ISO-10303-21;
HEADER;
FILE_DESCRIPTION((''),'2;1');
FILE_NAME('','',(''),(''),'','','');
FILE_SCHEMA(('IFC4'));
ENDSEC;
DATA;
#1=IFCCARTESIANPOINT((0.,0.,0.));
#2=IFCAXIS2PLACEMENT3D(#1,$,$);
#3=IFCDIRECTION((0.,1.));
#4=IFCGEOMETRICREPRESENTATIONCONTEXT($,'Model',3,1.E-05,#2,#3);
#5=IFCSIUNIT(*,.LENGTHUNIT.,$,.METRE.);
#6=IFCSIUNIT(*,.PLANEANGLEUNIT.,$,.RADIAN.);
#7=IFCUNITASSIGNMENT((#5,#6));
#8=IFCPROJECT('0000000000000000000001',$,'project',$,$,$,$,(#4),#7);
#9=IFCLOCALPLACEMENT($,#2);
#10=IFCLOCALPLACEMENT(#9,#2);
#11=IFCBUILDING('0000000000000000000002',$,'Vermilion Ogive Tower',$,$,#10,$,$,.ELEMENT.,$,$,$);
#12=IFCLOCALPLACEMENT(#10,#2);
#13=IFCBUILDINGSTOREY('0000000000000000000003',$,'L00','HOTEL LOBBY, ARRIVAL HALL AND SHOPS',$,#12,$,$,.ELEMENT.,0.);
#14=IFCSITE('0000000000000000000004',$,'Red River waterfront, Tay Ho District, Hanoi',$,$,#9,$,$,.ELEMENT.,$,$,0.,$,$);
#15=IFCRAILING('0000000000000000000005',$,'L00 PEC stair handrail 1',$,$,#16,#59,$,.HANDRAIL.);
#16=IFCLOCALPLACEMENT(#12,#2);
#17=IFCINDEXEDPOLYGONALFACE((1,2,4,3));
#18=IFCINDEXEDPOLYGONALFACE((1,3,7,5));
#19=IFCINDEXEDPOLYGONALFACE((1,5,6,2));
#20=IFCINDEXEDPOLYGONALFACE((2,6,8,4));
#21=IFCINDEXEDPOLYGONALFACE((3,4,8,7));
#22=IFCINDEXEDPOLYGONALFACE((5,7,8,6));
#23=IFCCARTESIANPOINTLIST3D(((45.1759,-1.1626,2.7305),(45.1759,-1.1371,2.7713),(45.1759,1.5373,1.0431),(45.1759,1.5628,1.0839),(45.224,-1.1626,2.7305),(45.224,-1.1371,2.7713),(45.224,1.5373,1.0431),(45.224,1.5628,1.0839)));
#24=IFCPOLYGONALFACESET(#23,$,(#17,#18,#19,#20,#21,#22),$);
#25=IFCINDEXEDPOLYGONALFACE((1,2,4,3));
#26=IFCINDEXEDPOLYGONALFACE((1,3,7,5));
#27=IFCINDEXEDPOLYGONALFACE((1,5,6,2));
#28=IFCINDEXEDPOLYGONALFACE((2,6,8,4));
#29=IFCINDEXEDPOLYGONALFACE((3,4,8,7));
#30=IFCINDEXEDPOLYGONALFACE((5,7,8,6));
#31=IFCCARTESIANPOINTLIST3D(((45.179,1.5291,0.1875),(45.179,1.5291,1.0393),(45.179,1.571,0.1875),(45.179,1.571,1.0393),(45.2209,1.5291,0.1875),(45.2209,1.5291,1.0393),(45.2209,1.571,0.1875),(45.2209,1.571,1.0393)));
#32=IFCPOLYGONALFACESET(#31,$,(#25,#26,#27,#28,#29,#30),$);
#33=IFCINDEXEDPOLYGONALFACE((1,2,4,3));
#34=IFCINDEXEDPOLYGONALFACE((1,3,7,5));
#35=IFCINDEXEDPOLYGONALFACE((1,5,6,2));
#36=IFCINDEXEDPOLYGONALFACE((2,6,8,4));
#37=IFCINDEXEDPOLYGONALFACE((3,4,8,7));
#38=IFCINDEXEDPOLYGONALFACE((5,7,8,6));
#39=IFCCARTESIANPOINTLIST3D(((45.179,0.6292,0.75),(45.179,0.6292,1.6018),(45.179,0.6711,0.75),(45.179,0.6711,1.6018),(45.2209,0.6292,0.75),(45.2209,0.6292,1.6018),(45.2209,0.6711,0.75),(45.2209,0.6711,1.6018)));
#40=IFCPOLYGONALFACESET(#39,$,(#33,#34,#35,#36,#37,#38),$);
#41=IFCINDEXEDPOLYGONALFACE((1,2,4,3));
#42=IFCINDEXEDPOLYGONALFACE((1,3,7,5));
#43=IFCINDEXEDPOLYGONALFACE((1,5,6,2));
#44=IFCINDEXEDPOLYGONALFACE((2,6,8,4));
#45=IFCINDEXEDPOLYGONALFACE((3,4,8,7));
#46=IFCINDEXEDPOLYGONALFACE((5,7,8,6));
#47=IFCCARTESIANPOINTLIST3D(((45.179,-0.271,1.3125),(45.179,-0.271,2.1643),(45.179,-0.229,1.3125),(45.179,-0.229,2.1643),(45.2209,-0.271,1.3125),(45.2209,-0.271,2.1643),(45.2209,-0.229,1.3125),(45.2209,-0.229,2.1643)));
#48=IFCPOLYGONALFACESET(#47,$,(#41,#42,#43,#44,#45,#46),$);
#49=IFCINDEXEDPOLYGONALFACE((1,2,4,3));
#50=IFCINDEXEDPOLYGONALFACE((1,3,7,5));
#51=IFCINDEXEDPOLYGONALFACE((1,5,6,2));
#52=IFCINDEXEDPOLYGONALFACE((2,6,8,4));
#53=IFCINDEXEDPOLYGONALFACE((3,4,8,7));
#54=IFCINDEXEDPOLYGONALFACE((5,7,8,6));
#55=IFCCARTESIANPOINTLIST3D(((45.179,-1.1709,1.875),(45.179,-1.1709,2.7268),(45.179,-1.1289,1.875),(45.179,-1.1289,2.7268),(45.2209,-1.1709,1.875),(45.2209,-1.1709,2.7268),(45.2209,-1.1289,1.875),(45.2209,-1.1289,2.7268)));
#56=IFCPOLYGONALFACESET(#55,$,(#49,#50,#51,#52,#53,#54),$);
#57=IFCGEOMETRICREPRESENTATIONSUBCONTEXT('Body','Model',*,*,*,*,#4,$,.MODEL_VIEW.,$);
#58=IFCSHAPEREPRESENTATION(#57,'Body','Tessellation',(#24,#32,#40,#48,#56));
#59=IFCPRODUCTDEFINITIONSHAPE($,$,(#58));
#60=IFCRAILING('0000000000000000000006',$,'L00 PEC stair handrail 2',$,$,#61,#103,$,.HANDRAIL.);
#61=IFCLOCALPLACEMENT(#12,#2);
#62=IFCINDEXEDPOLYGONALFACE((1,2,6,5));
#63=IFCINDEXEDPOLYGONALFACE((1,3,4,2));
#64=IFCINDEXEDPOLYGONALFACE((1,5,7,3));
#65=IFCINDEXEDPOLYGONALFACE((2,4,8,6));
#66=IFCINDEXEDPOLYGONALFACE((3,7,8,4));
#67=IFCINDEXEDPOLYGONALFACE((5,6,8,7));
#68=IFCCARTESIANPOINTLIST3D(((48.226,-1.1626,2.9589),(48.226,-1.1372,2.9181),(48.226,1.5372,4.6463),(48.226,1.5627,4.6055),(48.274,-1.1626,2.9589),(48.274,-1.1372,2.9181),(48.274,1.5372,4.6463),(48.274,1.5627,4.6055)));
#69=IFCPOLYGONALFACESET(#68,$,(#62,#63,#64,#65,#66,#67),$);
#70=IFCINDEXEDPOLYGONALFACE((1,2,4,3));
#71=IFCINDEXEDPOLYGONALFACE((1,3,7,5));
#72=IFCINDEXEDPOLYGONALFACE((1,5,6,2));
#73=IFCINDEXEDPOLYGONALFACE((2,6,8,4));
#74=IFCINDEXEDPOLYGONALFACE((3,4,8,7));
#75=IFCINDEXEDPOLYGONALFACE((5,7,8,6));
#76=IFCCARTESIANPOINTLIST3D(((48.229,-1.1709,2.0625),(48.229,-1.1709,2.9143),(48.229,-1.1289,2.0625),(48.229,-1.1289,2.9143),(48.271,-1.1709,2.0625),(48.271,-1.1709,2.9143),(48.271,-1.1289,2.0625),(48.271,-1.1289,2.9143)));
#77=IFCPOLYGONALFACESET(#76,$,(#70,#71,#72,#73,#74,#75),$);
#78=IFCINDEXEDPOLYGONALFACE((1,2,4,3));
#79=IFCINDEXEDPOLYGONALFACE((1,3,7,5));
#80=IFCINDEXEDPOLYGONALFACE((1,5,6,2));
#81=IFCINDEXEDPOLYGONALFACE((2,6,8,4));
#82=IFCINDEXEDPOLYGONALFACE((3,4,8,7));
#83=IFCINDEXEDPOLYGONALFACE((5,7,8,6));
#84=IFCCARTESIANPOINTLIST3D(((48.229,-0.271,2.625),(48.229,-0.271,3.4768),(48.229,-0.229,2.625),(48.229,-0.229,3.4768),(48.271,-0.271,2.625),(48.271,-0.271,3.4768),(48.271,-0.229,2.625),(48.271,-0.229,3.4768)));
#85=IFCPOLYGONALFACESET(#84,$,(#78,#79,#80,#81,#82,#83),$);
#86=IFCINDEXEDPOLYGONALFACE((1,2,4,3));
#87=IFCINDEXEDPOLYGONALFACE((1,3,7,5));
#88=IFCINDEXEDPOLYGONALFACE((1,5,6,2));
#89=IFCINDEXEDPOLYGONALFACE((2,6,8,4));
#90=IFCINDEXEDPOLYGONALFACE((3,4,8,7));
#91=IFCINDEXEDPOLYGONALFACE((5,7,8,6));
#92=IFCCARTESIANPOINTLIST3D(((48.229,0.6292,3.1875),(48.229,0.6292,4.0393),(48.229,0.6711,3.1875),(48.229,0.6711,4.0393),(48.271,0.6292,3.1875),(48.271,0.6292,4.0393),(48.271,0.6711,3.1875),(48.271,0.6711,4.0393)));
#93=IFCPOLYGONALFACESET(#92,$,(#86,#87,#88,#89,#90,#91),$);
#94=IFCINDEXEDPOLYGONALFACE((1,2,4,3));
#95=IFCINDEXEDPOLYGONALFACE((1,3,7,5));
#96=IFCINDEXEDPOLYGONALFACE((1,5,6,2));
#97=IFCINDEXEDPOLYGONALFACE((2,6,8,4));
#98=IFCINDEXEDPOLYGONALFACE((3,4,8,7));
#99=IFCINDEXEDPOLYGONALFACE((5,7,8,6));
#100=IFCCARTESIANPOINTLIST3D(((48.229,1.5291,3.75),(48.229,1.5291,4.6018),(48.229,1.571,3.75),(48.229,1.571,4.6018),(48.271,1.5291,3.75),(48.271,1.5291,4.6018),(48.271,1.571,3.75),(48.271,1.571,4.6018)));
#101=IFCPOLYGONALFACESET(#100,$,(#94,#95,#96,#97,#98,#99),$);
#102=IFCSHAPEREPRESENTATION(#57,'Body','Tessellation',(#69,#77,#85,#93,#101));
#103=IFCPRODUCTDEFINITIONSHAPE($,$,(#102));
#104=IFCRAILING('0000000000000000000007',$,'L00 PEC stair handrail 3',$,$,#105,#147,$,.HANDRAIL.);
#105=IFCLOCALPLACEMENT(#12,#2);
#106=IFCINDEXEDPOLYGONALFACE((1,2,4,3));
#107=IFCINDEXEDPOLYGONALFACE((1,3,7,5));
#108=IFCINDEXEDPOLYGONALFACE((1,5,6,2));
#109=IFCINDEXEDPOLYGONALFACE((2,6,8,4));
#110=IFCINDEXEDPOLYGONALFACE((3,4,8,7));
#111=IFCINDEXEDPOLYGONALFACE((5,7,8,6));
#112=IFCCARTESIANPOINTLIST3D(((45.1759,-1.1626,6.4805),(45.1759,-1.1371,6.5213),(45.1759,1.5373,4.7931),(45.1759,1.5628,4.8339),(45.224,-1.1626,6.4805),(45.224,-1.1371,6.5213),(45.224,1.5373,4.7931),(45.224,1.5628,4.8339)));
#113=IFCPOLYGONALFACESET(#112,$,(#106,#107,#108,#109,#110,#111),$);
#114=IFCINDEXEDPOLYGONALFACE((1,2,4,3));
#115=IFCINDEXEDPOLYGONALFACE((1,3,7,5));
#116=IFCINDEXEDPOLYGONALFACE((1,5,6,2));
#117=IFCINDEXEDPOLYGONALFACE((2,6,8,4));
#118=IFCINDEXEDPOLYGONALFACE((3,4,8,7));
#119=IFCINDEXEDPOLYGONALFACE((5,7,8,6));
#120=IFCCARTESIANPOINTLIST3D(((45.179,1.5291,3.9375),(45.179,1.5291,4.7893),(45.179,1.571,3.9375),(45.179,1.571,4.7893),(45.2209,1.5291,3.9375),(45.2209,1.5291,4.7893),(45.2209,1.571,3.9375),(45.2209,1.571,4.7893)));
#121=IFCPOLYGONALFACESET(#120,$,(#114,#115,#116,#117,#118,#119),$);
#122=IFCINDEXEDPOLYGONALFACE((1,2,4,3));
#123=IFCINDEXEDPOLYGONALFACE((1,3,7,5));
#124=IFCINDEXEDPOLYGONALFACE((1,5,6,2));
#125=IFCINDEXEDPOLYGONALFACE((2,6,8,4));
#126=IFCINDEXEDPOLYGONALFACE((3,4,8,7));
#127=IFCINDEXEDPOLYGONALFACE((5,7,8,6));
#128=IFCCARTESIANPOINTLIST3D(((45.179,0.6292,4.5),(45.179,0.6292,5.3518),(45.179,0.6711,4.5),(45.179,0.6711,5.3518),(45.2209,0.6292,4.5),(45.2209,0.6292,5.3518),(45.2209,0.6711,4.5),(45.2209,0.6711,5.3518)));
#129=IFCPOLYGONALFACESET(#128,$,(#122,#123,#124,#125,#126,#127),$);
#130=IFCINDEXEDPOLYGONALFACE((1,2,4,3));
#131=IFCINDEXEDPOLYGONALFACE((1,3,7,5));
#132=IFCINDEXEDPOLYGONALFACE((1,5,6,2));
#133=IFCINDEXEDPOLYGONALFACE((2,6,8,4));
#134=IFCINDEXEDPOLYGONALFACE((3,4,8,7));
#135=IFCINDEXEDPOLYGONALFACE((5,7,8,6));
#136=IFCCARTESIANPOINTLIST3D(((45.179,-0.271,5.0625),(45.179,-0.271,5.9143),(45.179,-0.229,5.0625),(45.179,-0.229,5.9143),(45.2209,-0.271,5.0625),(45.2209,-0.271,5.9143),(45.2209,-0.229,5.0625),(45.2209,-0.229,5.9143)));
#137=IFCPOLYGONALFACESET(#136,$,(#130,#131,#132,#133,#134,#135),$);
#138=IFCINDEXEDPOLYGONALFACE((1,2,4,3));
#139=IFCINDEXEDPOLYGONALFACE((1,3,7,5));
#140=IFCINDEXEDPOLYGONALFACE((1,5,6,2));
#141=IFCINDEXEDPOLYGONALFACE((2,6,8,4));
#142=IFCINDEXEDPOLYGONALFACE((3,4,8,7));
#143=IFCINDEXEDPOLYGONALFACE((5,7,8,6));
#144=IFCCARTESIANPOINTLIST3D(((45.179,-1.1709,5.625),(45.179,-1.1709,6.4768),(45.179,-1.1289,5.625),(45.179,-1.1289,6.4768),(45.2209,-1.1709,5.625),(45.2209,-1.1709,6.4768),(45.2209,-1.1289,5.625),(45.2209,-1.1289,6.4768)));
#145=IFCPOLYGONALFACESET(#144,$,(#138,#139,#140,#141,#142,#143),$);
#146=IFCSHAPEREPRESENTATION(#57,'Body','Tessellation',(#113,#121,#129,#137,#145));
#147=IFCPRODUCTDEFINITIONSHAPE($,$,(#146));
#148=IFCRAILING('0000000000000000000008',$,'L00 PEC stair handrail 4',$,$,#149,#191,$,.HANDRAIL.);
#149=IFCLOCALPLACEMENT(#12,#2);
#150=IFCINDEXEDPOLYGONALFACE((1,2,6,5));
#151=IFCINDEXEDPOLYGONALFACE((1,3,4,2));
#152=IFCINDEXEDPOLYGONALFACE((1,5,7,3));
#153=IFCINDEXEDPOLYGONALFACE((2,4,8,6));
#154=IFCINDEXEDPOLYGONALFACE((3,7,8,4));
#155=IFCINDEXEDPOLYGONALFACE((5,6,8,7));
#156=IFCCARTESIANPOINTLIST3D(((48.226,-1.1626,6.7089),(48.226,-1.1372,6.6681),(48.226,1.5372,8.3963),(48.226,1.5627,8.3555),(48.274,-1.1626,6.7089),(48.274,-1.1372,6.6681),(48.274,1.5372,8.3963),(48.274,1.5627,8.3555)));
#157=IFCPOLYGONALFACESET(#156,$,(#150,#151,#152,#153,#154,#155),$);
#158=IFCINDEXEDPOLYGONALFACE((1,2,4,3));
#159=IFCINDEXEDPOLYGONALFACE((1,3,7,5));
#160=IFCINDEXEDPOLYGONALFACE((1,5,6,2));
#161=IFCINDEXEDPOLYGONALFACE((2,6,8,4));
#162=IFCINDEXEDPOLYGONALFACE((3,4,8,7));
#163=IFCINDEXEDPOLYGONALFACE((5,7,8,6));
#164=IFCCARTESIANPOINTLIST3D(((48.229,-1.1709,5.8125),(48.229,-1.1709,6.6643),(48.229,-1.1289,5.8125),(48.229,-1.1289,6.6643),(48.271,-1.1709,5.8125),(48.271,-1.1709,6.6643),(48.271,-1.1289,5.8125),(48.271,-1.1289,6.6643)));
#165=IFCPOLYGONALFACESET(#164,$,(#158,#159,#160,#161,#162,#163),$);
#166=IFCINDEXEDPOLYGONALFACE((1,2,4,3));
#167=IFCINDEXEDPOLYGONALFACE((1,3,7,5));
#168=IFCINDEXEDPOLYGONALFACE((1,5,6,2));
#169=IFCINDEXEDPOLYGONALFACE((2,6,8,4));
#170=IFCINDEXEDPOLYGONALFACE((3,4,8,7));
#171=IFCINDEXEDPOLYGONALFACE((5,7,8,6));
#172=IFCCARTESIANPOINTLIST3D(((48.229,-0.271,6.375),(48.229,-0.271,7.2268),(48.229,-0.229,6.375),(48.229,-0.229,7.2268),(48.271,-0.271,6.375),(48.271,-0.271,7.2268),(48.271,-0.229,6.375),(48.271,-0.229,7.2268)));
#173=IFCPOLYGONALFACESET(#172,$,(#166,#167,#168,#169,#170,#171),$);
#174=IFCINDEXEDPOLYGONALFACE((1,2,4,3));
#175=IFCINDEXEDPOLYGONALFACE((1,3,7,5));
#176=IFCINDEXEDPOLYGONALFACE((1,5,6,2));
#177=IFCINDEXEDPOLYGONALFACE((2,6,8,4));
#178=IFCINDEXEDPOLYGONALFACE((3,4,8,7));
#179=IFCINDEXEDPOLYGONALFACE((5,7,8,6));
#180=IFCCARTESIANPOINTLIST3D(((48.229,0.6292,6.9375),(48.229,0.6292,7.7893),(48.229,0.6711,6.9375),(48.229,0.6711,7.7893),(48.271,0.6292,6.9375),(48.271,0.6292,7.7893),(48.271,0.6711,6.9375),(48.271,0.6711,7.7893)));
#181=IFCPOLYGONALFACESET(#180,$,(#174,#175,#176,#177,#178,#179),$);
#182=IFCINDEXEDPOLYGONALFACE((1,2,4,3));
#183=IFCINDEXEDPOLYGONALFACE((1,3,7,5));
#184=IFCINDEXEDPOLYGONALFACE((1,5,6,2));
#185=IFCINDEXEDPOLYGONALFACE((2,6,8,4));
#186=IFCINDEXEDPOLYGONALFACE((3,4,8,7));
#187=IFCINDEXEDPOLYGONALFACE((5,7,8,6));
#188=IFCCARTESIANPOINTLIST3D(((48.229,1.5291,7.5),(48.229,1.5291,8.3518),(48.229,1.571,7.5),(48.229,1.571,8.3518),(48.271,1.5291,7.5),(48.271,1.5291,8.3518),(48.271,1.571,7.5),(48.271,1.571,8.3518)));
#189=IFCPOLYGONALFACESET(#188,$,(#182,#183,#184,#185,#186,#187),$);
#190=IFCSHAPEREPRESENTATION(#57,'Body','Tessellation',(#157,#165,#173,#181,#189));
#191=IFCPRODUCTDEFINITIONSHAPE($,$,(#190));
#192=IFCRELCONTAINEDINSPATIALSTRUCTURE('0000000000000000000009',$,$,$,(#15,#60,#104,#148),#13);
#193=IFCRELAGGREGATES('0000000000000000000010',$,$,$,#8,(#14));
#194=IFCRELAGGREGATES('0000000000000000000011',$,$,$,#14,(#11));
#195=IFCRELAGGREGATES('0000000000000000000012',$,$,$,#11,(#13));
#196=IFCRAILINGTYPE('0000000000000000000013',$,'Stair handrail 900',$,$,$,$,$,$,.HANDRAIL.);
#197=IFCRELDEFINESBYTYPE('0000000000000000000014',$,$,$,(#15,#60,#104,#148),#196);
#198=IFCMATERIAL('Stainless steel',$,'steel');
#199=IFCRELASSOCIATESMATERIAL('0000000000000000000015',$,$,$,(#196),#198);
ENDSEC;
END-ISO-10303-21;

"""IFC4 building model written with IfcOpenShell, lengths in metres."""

from ifc_helpers import new_model, si_unit, direction, frame, origin, origin_2d, place, context, subcontext, project, spatial, rectangle, extrude, material, type_object, element, save


model = new_model("IFC4")

# Units and contexts
model_context = context("Model", 3, precision=1e-05, world=origin(), true_north=direction((0.0, 1.0)))
body_context = subcontext(model_context, "Body", "Model", "MODEL_VIEW")
ifc_project = project(units=[si_unit("LENGTHUNIT", "METRE"), si_unit("PLANEANGLEUNIT", "RADIAN")], contexts=[model_context])

# Site, building, storey
site_placement = place(None, origin())
site = spatial("IfcSite", under=ifc_project, at=site_placement, Name="Red River waterfront, Tay Ho District, Hanoi", CompositionType="ELEMENT", RefElevation=0.0)
building_placement = place(site_placement, origin())
building = spatial("IfcBuilding", under=site, at=building_placement, Name="Vermilion Ogive Tower", CompositionType="ELEMENT")
storey_placement = place(building_placement, origin())
storey = spatial("IfcBuildingStorey", under=building, at=storey_placement, Name="L00", Description="HOTEL LOBBY, ARRIVAL HALL AND SHOPS", CompositionType="ELEMENT", Elevation=0.0)

# Railings
ifc_material_1 = material(Name="Stainless steel", Category="steel")
railing_type_1 = type_object("IfcRailingType", Name="Stair handrail 900", PredefinedType="HANDRAIL", material=ifc_material_1)
railing_1_placement = place(storey_placement, frame((45.2, 1.55, 0.1875)))
element("IfcRailing", 1, at=railing_1_placement, inside=storey, type_object=railing_type_1, Name="L00 PEC stair handrail 1", PredefinedType="HANDRAIL", context=body_context, shape_type="SweptSolid", body=[
    extrude(rectangle(XDim=0.0481, YDim=0.0481, at=origin_2d()), frame((0.0, 0.0, 0.876), z_axis=(0.0, -0.847994, 0.530006), x_axis=(1.0, 0.0, 0.0)), (0.0, 0.0, 1.0), 3.1838),
    extrude(rectangle(XDim=0.042, YDim=0.042, at=origin_2d()), origin(), (0.0, 0.0, 1.0), 0.8518),
    extrude(rectangle(XDim=0.042, YDim=0.042, at=origin_2d()), frame((0.0, -0.8999, 0.5625)), (0.0, 0.0, 1.0), 0.8518),
    extrude(rectangle(XDim=0.042, YDim=0.042, at=origin_2d()), frame((0.0, -1.8, 1.125)), (0.0, 0.0, 1.0), 0.8518),
    extrude(rectangle(XDim=0.042, YDim=0.042, at=origin_2d()), frame((0.0, -2.7, 1.6875)), (0.0, 0.0, 1.0), 0.8518),
])
railing_2_placement = place(storey_placement, frame((48.25, -1.1499, 2.0625)))
element("IfcRailing", 2, at=railing_2_placement, inside=storey, type_object=railing_type_1, Name="L00 PEC stair handrail 2", PredefinedType="HANDRAIL", context=body_context, shape_type="SweptSolid", body=[
    extrude(rectangle(XDim=0.0481, YDim=0.0481, at=origin_2d()), frame((0.0, 0.0, 0.876), z_axis=(0.0, 0.847994, 0.530006), x_axis=(-1.0, 0.0, 0.0)), (0.0, 0.0, 1.0), 3.1838),
    extrude(rectangle(XDim=0.042, YDim=0.042, at=origin_2d()), origin(), (0.0, 0.0, 1.0), 0.8518),
    extrude(rectangle(XDim=0.042, YDim=0.042, at=origin_2d()), frame((0.0, 0.8999, 0.5625)), (0.0, 0.0, 1.0), 0.8518),
    extrude(rectangle(XDim=0.042, YDim=0.042, at=origin_2d()), frame((0.0, 1.8, 1.125)), (0.0, 0.0, 1.0), 0.8518),
    extrude(rectangle(XDim=0.042, YDim=0.042, at=origin_2d()), frame((0.0, 2.7, 1.6875)), (0.0, 0.0, 1.0), 0.8518),
])
railing_3_placement = place(storey_placement, frame((45.2, 1.55, 3.9375)))
element("IfcRailing", 3, at=railing_3_placement, inside=storey, type_object=railing_type_1, Name="L00 PEC stair handrail 3", PredefinedType="HANDRAIL", context=body_context, shape_type="SweptSolid", body=[
    extrude(rectangle(XDim=0.0481, YDim=0.0481, at=origin_2d()), frame((0.0, 0.0, 0.876), z_axis=(0.0, -0.847994, 0.530006), x_axis=(1.0, 0.0, 0.0)), (0.0, 0.0, 1.0), 3.1838),
    extrude(rectangle(XDim=0.042, YDim=0.042, at=origin_2d()), origin(), (0.0, 0.0, 1.0), 0.8518),
    extrude(rectangle(XDim=0.042, YDim=0.042, at=origin_2d()), frame((0.0, -0.8999, 0.5625)), (0.0, 0.0, 1.0), 0.8518),
    extrude(rectangle(XDim=0.042, YDim=0.042, at=origin_2d()), frame((0.0, -1.8, 1.125)), (0.0, 0.0, 1.0), 0.8518),
    extrude(rectangle(XDim=0.042, YDim=0.042, at=origin_2d()), frame((0.0, -2.7, 1.6875)), (0.0, 0.0, 1.0), 0.8518),
])
railing_4_placement = place(storey_placement, frame((48.25, -1.1499, 5.8125)))
element("IfcRailing", 4, at=railing_4_placement, inside=storey, type_object=railing_type_1, Name="L00 PEC stair handrail 4", PredefinedType="HANDRAIL", context=body_context, shape_type="SweptSolid", body=[
    extrude(rectangle(XDim=0.0481, YDim=0.0481, at=origin_2d()), frame((0.0, 0.0, 0.876), z_axis=(0.0, 0.847994, 0.530006), x_axis=(-1.0, 0.0, 0.0)), (0.0, 0.0, 1.0), 3.1838),
    extrude(rectangle(XDim=0.042, YDim=0.042, at=origin_2d()), origin(), (0.0, 0.0, 1.0), 0.8518),
    extrude(rectangle(XDim=0.042, YDim=0.042, at=origin_2d()), frame((0.0, 0.8999, 0.5625)), (0.0, 0.0, 1.0), 0.8518),
    extrude(rectangle(XDim=0.042, YDim=0.042, at=origin_2d()), frame((0.0, 1.8, 1.125)), (0.0, 0.0, 1.0), 0.8518),
    extrude(rectangle(XDim=0.042, YDim=0.042, at=origin_2d()), frame((0.0, 2.7, 1.6875)), (0.0, 0.0, 1.0), 0.8518),
])

save(model, "model.ifc")
